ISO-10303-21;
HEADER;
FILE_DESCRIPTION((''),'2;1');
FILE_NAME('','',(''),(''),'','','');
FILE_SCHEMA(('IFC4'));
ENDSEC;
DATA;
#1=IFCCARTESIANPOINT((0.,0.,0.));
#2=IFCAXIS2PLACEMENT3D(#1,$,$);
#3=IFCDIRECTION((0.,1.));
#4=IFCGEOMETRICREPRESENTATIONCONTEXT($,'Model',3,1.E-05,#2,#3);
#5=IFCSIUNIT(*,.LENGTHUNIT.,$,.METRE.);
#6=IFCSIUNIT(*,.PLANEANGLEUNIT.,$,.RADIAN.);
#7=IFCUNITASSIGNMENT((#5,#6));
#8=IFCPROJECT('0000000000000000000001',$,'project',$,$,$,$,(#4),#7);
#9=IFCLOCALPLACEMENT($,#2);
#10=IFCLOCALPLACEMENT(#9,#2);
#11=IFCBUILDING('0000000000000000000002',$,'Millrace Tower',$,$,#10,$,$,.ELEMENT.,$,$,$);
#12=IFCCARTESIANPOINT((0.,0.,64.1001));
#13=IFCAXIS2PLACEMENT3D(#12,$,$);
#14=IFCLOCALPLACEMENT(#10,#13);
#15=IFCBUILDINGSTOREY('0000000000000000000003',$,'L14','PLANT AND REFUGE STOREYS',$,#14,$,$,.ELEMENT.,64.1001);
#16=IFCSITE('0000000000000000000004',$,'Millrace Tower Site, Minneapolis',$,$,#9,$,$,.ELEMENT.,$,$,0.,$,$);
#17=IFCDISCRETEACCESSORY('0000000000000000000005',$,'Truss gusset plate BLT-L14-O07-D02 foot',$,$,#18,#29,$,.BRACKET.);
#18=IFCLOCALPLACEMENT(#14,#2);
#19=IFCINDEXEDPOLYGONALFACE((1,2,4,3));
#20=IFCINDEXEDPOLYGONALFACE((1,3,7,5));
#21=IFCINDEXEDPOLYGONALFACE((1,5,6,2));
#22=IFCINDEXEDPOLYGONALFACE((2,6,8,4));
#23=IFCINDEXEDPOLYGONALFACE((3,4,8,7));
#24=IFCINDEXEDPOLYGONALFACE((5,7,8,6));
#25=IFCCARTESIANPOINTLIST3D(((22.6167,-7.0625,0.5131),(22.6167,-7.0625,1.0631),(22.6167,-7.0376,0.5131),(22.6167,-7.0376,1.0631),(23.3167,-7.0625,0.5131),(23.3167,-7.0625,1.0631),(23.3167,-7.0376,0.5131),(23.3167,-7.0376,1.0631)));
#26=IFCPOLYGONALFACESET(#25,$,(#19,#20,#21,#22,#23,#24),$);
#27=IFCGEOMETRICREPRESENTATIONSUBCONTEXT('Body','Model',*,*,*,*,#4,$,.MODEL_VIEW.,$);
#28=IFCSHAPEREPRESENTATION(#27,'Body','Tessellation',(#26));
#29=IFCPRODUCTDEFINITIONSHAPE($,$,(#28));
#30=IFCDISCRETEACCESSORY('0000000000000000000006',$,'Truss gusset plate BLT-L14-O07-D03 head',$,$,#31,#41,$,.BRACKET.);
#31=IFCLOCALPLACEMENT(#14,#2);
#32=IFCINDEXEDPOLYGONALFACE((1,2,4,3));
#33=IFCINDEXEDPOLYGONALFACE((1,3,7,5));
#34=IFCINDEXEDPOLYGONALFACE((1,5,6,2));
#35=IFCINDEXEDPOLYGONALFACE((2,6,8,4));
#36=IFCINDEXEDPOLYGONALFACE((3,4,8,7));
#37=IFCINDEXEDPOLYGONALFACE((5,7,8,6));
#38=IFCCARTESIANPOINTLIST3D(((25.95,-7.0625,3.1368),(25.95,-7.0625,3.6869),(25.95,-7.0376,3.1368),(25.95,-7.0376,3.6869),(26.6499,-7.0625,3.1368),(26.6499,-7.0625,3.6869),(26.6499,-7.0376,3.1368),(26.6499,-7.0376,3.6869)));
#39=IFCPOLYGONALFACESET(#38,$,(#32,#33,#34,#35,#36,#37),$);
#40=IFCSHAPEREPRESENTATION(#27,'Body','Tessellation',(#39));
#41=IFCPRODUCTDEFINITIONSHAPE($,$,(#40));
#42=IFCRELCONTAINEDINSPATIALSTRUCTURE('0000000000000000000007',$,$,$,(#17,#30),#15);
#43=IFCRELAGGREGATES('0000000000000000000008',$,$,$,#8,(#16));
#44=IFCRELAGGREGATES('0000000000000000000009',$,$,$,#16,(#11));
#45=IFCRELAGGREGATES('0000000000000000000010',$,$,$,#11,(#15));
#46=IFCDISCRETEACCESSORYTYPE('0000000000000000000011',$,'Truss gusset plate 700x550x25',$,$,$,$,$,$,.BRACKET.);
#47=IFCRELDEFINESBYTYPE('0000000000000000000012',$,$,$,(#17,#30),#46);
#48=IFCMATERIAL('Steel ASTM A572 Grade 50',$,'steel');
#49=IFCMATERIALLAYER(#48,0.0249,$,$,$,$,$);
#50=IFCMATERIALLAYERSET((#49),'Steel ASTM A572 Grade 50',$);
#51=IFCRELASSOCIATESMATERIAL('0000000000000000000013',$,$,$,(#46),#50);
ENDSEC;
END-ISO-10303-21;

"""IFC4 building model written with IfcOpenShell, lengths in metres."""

from ifc_helpers import new_model, si_unit, direction, frame, origin, origin_2d, place, context, subcontext, project, spatial, rectangle, extrude, material, layer, layer_set, type_object, element, save


model = new_model("IFC4")

# Units and contexts
model_context = context("Model", 3, precision=1e-05, world=origin(), true_north=direction((0.0, 1.0)))
body_context = subcontext(model_context, "Body", "Model", "MODEL_VIEW")
ifc_project = project(units=[si_unit("LENGTHUNIT", "METRE"), si_unit("PLANEANGLEUNIT", "RADIAN")], contexts=[model_context])

# Site, building, storey
site_placement = place(None, origin())
site = spatial("IfcSite", under=ifc_project, at=site_placement, Name="Millrace Tower Site, Minneapolis", CompositionType="ELEMENT", RefElevation=0.0)
building_placement = place(site_placement, origin())
building = spatial("IfcBuilding", under=site, at=building_placement, Name="Millrace Tower", CompositionType="ELEMENT")
storey_placement = place(building_placement, frame((0.0, 0.0, 64.1001)))
storey = spatial("IfcBuildingStorey", under=building, at=storey_placement, Name="L14", Description="PLANT AND REFUGE STOREYS", CompositionType="ELEMENT", Elevation=64.1001)

# Discrete accessories
ifc_material_1 = material(Name="Steel ASTM A572 Grade 50", Category="steel")
ifc_layer_1 = layer(ifc_material_1, 0.0249)
ifc_layer_set_1 = layer_set([ifc_layer_1], Name="Steel ASTM A572 Grade 50")
discrete_accessory_type = type_object("IfcDiscreteAccessoryType", Name="Truss gusset plate 700x550x25", PredefinedType="BRACKET", material=ifc_layer_set_1)
for number, where, z_axis, x_axis, name in (
    (1, (22.6167, -7.05, 0.7881), (1.0, 0.0, 0.0), (0.0, 1.0, 0.0), "Truss gusset plate BLT-L14-O07-D02 foot"),
    (2, (25.95, -7.05, 3.4119), (1.0, 0.0, 0.0), (0.0, 1.0, 0.0), "Truss gusset plate BLT-L14-O07-D03 head"),
):
    element("IfcDiscreteAccessory", number, at=place(storey_placement, frame(where, z_axis=z_axis, x_axis=x_axis)), inside=storey, type_object=discrete_accessory_type, Name=name, PredefinedType="BRACKET", context=body_context, shape_type="SweptSolid", body=[
        extrude(rectangle(XDim=0.0249, YDim=0.55, at=origin_2d()), origin(), (0.0, 0.0, 1.0), 0.7),
    ])

save(model, "model.ifc")
